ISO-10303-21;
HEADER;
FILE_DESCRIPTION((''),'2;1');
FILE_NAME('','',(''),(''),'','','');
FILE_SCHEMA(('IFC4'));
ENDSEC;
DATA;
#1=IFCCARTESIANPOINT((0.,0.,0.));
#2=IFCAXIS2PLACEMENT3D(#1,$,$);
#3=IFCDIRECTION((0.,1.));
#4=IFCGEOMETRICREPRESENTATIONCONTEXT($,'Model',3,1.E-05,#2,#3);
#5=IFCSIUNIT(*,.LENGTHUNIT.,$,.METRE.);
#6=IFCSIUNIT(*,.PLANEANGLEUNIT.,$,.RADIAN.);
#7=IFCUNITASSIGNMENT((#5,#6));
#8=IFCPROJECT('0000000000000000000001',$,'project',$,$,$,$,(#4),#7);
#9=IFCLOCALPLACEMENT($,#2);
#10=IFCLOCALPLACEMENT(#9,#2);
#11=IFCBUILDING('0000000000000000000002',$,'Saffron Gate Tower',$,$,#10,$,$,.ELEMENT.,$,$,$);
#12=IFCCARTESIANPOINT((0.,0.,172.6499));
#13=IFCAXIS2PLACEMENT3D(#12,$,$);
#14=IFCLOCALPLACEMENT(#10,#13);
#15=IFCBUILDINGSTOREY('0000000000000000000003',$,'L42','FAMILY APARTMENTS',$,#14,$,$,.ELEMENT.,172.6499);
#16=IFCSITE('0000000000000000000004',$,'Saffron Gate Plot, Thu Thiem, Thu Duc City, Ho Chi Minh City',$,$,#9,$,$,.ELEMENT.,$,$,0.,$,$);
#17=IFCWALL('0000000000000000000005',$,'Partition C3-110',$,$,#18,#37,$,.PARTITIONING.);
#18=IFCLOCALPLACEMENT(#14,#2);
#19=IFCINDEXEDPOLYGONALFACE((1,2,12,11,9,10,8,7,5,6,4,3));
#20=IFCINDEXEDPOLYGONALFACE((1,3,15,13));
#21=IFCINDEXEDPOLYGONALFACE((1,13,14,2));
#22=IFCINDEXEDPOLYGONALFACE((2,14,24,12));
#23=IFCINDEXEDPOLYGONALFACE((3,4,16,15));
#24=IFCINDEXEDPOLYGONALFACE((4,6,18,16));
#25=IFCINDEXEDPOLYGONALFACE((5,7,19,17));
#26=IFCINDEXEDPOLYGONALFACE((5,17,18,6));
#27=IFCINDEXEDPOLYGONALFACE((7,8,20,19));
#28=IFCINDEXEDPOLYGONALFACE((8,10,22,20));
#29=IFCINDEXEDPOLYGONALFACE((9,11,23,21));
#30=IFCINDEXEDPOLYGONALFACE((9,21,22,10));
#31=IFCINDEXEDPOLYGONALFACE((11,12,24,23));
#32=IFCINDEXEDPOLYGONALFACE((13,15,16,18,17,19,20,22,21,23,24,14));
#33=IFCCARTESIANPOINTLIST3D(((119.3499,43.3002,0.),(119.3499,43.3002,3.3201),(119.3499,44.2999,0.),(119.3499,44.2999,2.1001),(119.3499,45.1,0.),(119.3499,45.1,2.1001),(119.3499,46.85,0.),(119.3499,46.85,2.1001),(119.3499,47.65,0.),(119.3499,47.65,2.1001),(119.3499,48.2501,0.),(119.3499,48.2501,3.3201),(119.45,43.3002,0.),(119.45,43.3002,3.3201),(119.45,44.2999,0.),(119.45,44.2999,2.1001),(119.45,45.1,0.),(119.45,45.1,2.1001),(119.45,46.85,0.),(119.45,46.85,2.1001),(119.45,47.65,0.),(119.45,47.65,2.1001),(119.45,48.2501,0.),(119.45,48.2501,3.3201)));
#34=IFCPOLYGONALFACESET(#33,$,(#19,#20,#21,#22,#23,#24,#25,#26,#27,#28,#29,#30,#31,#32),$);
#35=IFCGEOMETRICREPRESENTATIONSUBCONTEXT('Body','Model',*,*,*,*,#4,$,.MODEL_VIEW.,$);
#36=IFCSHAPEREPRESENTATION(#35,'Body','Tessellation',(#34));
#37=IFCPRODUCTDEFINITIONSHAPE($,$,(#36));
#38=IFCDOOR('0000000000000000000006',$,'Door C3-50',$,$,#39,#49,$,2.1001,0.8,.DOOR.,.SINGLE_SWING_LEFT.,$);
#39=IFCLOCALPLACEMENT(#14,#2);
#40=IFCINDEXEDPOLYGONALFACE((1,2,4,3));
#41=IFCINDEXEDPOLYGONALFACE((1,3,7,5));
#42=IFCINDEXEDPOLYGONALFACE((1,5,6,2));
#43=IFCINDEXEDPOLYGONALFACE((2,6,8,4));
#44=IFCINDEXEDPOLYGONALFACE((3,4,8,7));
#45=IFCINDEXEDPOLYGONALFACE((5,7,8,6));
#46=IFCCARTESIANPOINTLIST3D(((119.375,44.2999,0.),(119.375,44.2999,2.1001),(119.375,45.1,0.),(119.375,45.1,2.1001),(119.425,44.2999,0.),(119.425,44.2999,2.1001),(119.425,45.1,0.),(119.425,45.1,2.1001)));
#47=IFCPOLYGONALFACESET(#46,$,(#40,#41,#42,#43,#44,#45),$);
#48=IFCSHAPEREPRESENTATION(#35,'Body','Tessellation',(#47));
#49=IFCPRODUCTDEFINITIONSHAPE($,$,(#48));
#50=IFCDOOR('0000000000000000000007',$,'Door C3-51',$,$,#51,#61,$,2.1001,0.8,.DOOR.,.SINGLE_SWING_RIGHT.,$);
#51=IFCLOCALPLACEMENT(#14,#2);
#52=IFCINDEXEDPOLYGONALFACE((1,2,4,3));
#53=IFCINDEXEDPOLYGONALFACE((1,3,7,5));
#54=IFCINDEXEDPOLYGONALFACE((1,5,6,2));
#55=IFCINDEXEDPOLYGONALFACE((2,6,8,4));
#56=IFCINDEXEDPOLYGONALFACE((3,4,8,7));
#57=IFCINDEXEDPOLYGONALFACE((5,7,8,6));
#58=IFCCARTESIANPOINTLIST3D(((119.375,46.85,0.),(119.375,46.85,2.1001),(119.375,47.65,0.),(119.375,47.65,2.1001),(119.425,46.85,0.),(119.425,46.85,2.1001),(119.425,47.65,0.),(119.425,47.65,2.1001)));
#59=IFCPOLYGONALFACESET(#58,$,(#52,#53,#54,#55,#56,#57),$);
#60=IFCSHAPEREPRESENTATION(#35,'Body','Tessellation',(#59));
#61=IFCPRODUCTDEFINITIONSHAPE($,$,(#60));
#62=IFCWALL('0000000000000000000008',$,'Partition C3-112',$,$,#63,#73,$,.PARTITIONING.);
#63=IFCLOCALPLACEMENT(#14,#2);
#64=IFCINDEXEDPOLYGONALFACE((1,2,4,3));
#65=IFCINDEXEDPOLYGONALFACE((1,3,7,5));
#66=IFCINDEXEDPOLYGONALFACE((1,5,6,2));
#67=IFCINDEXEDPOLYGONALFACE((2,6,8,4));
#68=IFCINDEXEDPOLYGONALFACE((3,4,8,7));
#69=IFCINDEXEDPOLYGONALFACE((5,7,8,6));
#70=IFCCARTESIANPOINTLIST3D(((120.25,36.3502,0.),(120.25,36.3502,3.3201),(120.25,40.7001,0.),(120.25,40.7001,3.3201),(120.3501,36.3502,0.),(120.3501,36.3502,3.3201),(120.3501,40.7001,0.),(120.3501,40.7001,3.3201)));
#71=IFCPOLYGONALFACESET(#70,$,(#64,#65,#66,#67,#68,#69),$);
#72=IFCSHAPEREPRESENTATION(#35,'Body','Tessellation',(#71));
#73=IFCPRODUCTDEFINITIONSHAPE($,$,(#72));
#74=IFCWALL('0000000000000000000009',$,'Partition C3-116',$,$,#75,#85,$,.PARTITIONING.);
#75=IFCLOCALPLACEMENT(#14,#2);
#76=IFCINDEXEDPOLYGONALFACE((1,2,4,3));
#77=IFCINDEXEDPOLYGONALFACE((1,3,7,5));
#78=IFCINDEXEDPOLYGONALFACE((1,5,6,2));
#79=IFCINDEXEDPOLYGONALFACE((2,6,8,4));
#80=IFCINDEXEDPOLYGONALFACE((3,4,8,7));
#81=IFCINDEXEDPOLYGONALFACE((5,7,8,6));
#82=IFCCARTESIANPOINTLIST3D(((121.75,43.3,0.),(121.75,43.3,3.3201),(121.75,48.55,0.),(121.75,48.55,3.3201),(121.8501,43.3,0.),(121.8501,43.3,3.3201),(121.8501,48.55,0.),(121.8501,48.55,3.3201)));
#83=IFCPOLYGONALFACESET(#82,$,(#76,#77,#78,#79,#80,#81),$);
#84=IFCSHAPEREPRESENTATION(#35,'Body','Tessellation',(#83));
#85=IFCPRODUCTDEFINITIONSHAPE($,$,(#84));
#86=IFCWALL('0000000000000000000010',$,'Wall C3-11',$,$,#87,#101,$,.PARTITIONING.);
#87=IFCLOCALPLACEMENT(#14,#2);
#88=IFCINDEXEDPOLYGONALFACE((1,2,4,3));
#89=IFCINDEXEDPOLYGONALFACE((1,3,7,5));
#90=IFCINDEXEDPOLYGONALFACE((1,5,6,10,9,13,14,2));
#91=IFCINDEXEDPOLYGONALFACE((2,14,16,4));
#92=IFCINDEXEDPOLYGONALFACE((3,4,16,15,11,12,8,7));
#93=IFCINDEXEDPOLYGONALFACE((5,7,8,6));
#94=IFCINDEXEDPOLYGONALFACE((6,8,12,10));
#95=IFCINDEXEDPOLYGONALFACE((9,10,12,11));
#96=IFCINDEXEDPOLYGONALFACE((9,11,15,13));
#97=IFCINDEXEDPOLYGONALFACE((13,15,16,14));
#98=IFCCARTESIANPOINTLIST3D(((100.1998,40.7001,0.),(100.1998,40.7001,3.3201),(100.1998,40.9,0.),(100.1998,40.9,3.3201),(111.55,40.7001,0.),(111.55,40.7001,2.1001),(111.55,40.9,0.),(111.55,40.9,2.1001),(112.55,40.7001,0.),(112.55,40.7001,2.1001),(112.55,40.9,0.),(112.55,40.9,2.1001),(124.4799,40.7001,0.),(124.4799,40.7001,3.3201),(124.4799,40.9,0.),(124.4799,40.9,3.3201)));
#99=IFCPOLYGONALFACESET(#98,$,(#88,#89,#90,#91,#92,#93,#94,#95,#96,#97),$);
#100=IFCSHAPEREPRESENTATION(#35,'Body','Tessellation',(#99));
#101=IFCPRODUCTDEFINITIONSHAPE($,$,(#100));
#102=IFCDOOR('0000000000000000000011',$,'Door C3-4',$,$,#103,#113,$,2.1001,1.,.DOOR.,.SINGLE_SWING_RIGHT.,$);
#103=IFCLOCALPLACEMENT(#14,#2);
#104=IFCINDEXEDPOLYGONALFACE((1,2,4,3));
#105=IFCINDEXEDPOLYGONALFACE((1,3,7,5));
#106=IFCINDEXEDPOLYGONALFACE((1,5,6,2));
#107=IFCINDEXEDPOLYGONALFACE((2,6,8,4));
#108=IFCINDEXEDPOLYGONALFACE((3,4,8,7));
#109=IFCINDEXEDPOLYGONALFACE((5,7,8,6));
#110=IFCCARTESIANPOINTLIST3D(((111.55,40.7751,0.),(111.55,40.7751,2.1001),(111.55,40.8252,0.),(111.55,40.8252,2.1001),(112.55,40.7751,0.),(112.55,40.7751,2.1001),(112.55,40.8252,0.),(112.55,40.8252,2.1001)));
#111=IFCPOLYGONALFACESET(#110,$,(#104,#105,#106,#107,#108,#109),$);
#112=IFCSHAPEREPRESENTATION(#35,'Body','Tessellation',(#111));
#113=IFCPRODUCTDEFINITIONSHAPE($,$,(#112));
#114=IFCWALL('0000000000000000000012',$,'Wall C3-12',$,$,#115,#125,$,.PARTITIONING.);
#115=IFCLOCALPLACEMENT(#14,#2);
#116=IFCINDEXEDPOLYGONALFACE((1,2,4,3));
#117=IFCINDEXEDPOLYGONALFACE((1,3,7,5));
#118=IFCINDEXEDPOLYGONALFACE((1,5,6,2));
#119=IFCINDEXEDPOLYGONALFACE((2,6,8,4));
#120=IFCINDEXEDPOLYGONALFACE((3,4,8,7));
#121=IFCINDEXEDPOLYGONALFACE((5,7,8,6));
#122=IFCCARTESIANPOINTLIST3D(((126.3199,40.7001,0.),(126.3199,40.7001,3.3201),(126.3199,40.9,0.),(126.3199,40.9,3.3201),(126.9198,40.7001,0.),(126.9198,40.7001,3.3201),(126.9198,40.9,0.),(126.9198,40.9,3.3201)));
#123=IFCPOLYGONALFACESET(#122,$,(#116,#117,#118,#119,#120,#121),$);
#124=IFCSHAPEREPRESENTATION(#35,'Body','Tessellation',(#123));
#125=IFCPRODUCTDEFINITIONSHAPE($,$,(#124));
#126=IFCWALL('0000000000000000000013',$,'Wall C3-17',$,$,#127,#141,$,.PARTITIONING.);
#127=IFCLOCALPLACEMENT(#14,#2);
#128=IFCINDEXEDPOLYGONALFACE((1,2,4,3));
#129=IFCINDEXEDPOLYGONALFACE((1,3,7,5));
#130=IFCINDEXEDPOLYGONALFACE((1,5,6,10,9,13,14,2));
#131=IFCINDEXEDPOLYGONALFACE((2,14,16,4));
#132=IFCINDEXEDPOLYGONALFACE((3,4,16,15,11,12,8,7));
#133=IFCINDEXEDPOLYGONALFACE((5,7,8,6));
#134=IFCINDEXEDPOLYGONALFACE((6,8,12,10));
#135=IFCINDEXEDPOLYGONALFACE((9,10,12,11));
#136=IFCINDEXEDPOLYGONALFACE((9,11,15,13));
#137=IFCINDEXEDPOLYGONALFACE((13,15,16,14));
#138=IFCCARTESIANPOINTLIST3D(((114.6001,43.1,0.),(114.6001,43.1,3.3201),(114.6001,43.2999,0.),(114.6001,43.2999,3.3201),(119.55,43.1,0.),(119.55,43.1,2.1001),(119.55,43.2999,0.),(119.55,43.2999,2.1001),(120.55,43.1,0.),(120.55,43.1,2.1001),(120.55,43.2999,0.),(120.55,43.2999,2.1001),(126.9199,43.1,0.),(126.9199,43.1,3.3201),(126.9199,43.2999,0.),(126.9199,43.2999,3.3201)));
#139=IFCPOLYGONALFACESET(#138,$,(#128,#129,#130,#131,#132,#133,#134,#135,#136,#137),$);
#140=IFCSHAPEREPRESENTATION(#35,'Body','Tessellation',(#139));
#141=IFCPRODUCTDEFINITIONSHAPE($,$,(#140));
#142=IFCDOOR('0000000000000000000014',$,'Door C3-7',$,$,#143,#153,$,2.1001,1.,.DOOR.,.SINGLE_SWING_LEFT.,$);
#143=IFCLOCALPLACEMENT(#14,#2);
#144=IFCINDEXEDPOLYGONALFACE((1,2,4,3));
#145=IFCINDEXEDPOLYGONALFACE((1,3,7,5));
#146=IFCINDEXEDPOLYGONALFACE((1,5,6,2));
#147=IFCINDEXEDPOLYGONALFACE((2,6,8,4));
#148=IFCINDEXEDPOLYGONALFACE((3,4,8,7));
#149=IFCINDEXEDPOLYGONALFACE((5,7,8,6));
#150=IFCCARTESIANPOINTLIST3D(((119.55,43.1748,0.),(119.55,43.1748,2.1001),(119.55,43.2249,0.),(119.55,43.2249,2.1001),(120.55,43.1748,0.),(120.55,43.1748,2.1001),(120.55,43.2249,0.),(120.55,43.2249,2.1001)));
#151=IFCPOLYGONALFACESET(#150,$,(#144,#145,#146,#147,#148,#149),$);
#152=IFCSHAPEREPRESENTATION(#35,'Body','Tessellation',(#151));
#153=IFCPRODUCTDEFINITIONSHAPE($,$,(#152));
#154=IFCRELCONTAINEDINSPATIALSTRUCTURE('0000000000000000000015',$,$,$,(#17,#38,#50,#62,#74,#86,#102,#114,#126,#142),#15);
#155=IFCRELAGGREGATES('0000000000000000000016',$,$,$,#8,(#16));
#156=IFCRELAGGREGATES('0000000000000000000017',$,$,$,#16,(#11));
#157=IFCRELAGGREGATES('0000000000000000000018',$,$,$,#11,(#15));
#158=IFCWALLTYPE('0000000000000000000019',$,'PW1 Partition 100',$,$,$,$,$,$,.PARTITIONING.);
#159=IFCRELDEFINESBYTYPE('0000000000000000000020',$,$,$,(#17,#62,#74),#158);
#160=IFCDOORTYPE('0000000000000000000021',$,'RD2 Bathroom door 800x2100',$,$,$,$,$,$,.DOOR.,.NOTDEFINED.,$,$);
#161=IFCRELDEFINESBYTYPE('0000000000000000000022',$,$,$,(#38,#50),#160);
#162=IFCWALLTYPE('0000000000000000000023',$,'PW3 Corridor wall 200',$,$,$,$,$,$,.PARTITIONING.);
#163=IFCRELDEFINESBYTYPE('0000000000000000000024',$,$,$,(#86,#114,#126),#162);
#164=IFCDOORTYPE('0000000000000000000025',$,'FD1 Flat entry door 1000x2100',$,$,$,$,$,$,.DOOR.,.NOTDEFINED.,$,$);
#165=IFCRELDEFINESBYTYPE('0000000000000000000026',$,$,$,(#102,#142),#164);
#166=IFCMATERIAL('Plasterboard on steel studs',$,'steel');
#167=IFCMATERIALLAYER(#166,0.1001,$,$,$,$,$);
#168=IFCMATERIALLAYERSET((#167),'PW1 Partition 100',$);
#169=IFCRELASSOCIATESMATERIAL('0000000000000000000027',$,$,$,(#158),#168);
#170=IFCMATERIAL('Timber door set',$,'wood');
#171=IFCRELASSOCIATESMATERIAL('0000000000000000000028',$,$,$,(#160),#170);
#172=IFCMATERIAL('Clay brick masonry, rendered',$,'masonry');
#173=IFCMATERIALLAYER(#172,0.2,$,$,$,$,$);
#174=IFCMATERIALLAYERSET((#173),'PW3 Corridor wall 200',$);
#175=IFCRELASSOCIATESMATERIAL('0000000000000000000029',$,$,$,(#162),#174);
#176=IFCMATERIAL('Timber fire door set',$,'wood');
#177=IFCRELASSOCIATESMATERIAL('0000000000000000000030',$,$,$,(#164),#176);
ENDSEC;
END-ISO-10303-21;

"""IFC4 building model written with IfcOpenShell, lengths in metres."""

from ifc_helpers import new_model, si_unit, direction, frame, frame_2d, origin, place, context, subcontext, project, spatial, rectangle, extrude, material, layer, layer_set, type_object, element, fill, save


model = new_model("IFC4")

# Units and contexts
model_context = context("Model", 3, precision=1e-05, world=origin(), true_north=direction((0.0, 1.0)))
body_context = subcontext(model_context, "Body", "Model", "MODEL_VIEW")
ifc_project = project(units=[si_unit("LENGTHUNIT", "METRE"), si_unit("PLANEANGLEUNIT", "RADIAN")], contexts=[model_context])

# Site, building, storey
site_placement = place(None, origin())
site = spatial("IfcSite", under=ifc_project, at=site_placement, Name="Saffron Gate Plot, Thu Thiem, Thu Duc City, Ho Chi Minh City", CompositionType="ELEMENT", RefElevation=0.0)
building_placement = place(site_placement, origin())
building = spatial("IfcBuilding", under=site, at=building_placement, Name="Saffron Gate Tower", CompositionType="ELEMENT")
storey_placement = place(building_placement, frame((0.0, 0.0, 172.6499)))
storey = spatial("IfcBuildingStorey", under=building, at=storey_placement, Name="L42", Description="FAMILY APARTMENTS", CompositionType="ELEMENT", Elevation=172.6499)

# Shared definitions
ifc_material_1 = material(Name="Plasterboard on steel studs", Category="steel")
ifc_layer_1 = layer(ifc_material_1, 0.1001)
ifc_layer_set_1 = layer_set([ifc_layer_1], Name="PW1 Partition 100")
wall_type_1 = type_object("IfcWallType", Name="PW1 Partition 100", PredefinedType="PARTITIONING", material=ifc_layer_set_1)

# Shared definitions
ifc_material_2 = material(Name="Timber door set", Category="wood")

# Wall, openings, doors
wall_1_placement = place(storey_placement, frame((119.3999, 43.3, 0.0), z_axis=(0.0, 0.0, 1.0), x_axis=(0.0, 1.0, 0.0)))
wall_1 = element("IfcWall", 1, at=wall_1_placement, inside=storey, type_object=wall_type_1, Name="Partition C3-110", PredefinedType="PARTITIONING", context=body_context, shape_type="SweptSolid", body=[
    extrude(rectangle(XDim=4.95, YDim=0.1001, at=frame_2d((2.4751, 0.0))), origin(), (0.0, 0.0, 1.0), 3.3201),
])
opening_1_placement = place(wall_1_placement, frame((1.0, 0.0, 0.0)))
opening_1 = element("IfcOpeningElement", 2, at=opening_1_placement, cuts=wall_1, PredefinedType="OPENING", context=body_context, shape_type="SweptSolid", body=[
    extrude(rectangle(XDim=0.8, YDim=2.1001, at=frame_2d((0.3999, 1.05))), frame((0.0, 0.0601, 0.0), z_axis=(0.0, -1.0, 0.0), x_axis=(1.0, 0.0, 0.0)), (0.0, 0.0, 1.0), 0.1201),
])
opening_2_placement = place(wall_1_placement, frame((3.55, 0.0, 0.0)))
opening_2 = element("IfcOpeningElement", 3, at=opening_2_placement, cuts=wall_1, PredefinedType="OPENING", context=body_context, shape_type="SweptSolid", body=[
    extrude(rectangle(XDim=0.8, YDim=2.1001, at=frame_2d((0.3999, 1.05))), frame((0.0, 0.0601, 0.0), z_axis=(0.0, -1.0, 0.0), x_axis=(1.0, 0.0, 0.0)), (0.0, 0.0, 1.0), 0.1201),
])
door_type_1 = type_object("IfcDoorType", Name="RD2 Bathroom door 800x2100", OperationType="NOTDEFINED", PredefinedType="DOOR", material=ifc_material_2)
door_1_placement = place(opening_1_placement, origin())
door_1 = element("IfcDoor", 4, at=door_1_placement, inside=storey, type_object=door_type_1, Name="Door C3-50", OperationType="SINGLE_SWING_LEFT", OverallHeight=2.1001, OverallWidth=0.8, PredefinedType="DOOR", context=body_context, shape_type="SweptSolid", body=[
    extrude(rectangle(XDim=0.8, YDim=2.1001, at=frame_2d((0.3999, 1.05))), frame((0.0, 0.0249, 0.0), z_axis=(0.0, -1.0, 0.0), x_axis=(1.0, 0.0, 0.0)), (0.0, 0.0, 1.0), 0.05),
])
fill(opening_1, door_1)
door_2_placement = place(opening_2_placement, origin())
door_2 = element("IfcDoor", 5, at=door_2_placement, inside=storey, type_object=door_type_1, Name="Door C3-51", OperationType="SINGLE_SWING_RIGHT", OverallHeight=2.1001, OverallWidth=0.8, PredefinedType="DOOR", context=body_context, shape_type="SweptSolid", body=[
    extrude(rectangle(XDim=0.8, YDim=2.1001, at=frame_2d((0.3999, 1.05))), frame((0.0, 0.0249, 0.0), z_axis=(0.0, -1.0, 0.0), x_axis=(1.0, 0.0, 0.0)), (0.0, 0.0, 1.0), 0.05),
])
fill(opening_2, door_2)

# Walls
wall_2_placement = place(storey_placement, frame((120.3, 40.7, 0.0), z_axis=(0.0, 0.0, 1.0), x_axis=(0.0, -1.0, 0.0)))
element("IfcWall", 6, at=wall_2_placement, inside=storey, type_object=wall_type_1, Name="Partition C3-112", PredefinedType="PARTITIONING", context=body_context, shape_type="SweptSolid", body=[
    extrude(rectangle(XDim=4.3499, YDim=0.1001, at=frame_2d((2.1748, 0.0))), origin(), (0.0, 0.0, 1.0), 3.3201),
])
wall_3_placement = place(storey_placement, frame((121.8, 48.55, 0.0), z_axis=(0.0, 0.0, 1.0), x_axis=(0.0, -1.0, 0.0)))
element("IfcWall", 7, at=wall_3_placement, inside=storey, type_object=wall_type_1, Name="Partition C3-116", PredefinedType="PARTITIONING", context=body_context, shape_type="SweptSolid", body=[
    extrude(rectangle(XDim=5.25, YDim=0.1001, at=frame_2d((2.625, 0.0))), origin(), (0.0, 0.0, 1.0), 3.3201),
])

# Wall, opening, door
ifc_material_3 = material(Name="Clay brick masonry, rendered", Category="masonry")
ifc_layer_2 = layer(ifc_material_3, 0.2)
ifc_layer_set_2 = layer_set([ifc_layer_2], Name="PW3 Corridor wall 200")
wall_type_2 = type_object("IfcWallType", Name="PW3 Corridor wall 200", PredefinedType="PARTITIONING", material=ifc_layer_set_2)
wall_4_placement = place(storey_placement, frame((124.48, 40.8, 0.0), z_axis=(0.0, 0.0, 1.0), x_axis=(-1.0, 0.0, 0.0)))
wall_4 = element("IfcWall", 8, at=wall_4_placement, inside=storey, type_object=wall_type_2, Name="Wall C3-11", PredefinedType="PARTITIONING", context=body_context, shape_type="SweptSolid", body=[
    extrude(rectangle(XDim=24.28, YDim=0.2, at=frame_2d((12.1401, 0.0))), origin(), (0.0, 0.0, 1.0), 3.3201),
])
opening_3_placement = place(wall_4_placement, frame((11.9299, 0.0, 0.0)))
opening_3 = element("IfcOpeningElement", 9, at=opening_3_placement, cuts=wall_4, PredefinedType="OPENING", context=body_context, shape_type="SweptSolid", body=[
    extrude(rectangle(XDim=1.0, YDim=2.1001, at=frame_2d((0.5, 1.05))), frame((0.0, 0.1099, 0.0), z_axis=(0.0, -1.0, 0.0), x_axis=(1.0, 0.0, 0.0)), (0.0, 0.0, 1.0), 0.22),
])
ifc_material_4 = material(Name="Timber fire door set", Category="wood")
door_type_2 = type_object("IfcDoorType", Name="FD1 Flat entry door 1000x2100", OperationType="NOTDEFINED", PredefinedType="DOOR", material=ifc_material_4)
door_3_placement = place(opening_3_placement, origin())
door_3 = element("IfcDoor", 10, at=door_3_placement, inside=storey, type_object=door_type_2, Name="Door C3-4", OperationType="SINGLE_SWING_RIGHT", OverallHeight=2.1001, OverallWidth=1.0, PredefinedType="DOOR", context=body_context, shape_type="SweptSolid", body=[
    extrude(rectangle(XDim=1.0, YDim=2.1001, at=frame_2d((0.5, 1.05))), frame((0.0, 0.0249, 0.0), z_axis=(0.0, -1.0, 0.0), x_axis=(1.0, 0.0, 0.0)), (0.0, 0.0, 1.0), 0.05),
])
fill(opening_3, door_3)

# Wall
wall_5_placement = place(storey_placement, frame((126.3201, 40.8, 0.0), z_axis=(0.0, 0.0, 1.0), x_axis=(1.0, 0.0, 0.0)))
element("IfcWall", 11, at=wall_5_placement, inside=storey, type_object=wall_type_2, Name="Wall C3-12", PredefinedType="PARTITIONING", context=body_context, shape_type="SweptSolid", body=[
    extrude(rectangle(XDim=0.5999, YDim=0.2, at=frame_2d((0.2998, 0.0))), origin(), (0.0, 0.0, 1.0), 3.3201),
])

# Wall, opening, door
wall_6_placement = place(storey_placement, frame((114.6001, 43.2, 0.0), z_axis=(0.0, 0.0, 1.0), x_axis=(1.0, 0.0, 0.0)))
wall_6 = element("IfcWall", 12, at=wall_6_placement, inside=storey, type_object=wall_type_2, Name="Wall C3-17", PredefinedType="PARTITIONING", context=body_context, shape_type="SweptSolid", body=[
    extrude(rectangle(XDim=12.3198, YDim=0.2, at=frame_2d((6.1599, 0.0))), origin(), (0.0, 0.0, 1.0), 3.3201),
])
opening_4_placement = place(wall_6_placement, frame((4.95, 0.0, 0.0)))
opening_4 = element("IfcOpeningElement", 13, at=opening_4_placement, cuts=wall_6, PredefinedType="OPENING", context=body_context, shape_type="SweptSolid", body=[
    extrude(rectangle(XDim=1.0, YDim=2.1001, at=frame_2d((0.5, 1.05))), frame((0.0, 0.1099, 0.0), z_axis=(0.0, -1.0, 0.0), x_axis=(1.0, 0.0, 0.0)), (0.0, 0.0, 1.0), 0.22),
])
door_4_placement = place(opening_4_placement, origin())
door_4 = element("IfcDoor", 14, at=door_4_placement, inside=storey, type_object=door_type_2, Name="Door C3-7", OperationType="SINGLE_SWING_LEFT", OverallHeight=2.1001, OverallWidth=1.0, PredefinedType="DOOR", context=body_context, shape_type="SweptSolid", body=[
    extrude(rectangle(XDim=1.0, YDim=2.1001, at=frame_2d((0.5, 1.05))), frame((0.0, 0.0249, 0.0), z_axis=(0.0, -1.0, 0.0), x_axis=(1.0, 0.0, 0.0)), (0.0, 0.0, 1.0), 0.05),
])
fill(opening_4, door_4)

save(model, "model.ifc")
